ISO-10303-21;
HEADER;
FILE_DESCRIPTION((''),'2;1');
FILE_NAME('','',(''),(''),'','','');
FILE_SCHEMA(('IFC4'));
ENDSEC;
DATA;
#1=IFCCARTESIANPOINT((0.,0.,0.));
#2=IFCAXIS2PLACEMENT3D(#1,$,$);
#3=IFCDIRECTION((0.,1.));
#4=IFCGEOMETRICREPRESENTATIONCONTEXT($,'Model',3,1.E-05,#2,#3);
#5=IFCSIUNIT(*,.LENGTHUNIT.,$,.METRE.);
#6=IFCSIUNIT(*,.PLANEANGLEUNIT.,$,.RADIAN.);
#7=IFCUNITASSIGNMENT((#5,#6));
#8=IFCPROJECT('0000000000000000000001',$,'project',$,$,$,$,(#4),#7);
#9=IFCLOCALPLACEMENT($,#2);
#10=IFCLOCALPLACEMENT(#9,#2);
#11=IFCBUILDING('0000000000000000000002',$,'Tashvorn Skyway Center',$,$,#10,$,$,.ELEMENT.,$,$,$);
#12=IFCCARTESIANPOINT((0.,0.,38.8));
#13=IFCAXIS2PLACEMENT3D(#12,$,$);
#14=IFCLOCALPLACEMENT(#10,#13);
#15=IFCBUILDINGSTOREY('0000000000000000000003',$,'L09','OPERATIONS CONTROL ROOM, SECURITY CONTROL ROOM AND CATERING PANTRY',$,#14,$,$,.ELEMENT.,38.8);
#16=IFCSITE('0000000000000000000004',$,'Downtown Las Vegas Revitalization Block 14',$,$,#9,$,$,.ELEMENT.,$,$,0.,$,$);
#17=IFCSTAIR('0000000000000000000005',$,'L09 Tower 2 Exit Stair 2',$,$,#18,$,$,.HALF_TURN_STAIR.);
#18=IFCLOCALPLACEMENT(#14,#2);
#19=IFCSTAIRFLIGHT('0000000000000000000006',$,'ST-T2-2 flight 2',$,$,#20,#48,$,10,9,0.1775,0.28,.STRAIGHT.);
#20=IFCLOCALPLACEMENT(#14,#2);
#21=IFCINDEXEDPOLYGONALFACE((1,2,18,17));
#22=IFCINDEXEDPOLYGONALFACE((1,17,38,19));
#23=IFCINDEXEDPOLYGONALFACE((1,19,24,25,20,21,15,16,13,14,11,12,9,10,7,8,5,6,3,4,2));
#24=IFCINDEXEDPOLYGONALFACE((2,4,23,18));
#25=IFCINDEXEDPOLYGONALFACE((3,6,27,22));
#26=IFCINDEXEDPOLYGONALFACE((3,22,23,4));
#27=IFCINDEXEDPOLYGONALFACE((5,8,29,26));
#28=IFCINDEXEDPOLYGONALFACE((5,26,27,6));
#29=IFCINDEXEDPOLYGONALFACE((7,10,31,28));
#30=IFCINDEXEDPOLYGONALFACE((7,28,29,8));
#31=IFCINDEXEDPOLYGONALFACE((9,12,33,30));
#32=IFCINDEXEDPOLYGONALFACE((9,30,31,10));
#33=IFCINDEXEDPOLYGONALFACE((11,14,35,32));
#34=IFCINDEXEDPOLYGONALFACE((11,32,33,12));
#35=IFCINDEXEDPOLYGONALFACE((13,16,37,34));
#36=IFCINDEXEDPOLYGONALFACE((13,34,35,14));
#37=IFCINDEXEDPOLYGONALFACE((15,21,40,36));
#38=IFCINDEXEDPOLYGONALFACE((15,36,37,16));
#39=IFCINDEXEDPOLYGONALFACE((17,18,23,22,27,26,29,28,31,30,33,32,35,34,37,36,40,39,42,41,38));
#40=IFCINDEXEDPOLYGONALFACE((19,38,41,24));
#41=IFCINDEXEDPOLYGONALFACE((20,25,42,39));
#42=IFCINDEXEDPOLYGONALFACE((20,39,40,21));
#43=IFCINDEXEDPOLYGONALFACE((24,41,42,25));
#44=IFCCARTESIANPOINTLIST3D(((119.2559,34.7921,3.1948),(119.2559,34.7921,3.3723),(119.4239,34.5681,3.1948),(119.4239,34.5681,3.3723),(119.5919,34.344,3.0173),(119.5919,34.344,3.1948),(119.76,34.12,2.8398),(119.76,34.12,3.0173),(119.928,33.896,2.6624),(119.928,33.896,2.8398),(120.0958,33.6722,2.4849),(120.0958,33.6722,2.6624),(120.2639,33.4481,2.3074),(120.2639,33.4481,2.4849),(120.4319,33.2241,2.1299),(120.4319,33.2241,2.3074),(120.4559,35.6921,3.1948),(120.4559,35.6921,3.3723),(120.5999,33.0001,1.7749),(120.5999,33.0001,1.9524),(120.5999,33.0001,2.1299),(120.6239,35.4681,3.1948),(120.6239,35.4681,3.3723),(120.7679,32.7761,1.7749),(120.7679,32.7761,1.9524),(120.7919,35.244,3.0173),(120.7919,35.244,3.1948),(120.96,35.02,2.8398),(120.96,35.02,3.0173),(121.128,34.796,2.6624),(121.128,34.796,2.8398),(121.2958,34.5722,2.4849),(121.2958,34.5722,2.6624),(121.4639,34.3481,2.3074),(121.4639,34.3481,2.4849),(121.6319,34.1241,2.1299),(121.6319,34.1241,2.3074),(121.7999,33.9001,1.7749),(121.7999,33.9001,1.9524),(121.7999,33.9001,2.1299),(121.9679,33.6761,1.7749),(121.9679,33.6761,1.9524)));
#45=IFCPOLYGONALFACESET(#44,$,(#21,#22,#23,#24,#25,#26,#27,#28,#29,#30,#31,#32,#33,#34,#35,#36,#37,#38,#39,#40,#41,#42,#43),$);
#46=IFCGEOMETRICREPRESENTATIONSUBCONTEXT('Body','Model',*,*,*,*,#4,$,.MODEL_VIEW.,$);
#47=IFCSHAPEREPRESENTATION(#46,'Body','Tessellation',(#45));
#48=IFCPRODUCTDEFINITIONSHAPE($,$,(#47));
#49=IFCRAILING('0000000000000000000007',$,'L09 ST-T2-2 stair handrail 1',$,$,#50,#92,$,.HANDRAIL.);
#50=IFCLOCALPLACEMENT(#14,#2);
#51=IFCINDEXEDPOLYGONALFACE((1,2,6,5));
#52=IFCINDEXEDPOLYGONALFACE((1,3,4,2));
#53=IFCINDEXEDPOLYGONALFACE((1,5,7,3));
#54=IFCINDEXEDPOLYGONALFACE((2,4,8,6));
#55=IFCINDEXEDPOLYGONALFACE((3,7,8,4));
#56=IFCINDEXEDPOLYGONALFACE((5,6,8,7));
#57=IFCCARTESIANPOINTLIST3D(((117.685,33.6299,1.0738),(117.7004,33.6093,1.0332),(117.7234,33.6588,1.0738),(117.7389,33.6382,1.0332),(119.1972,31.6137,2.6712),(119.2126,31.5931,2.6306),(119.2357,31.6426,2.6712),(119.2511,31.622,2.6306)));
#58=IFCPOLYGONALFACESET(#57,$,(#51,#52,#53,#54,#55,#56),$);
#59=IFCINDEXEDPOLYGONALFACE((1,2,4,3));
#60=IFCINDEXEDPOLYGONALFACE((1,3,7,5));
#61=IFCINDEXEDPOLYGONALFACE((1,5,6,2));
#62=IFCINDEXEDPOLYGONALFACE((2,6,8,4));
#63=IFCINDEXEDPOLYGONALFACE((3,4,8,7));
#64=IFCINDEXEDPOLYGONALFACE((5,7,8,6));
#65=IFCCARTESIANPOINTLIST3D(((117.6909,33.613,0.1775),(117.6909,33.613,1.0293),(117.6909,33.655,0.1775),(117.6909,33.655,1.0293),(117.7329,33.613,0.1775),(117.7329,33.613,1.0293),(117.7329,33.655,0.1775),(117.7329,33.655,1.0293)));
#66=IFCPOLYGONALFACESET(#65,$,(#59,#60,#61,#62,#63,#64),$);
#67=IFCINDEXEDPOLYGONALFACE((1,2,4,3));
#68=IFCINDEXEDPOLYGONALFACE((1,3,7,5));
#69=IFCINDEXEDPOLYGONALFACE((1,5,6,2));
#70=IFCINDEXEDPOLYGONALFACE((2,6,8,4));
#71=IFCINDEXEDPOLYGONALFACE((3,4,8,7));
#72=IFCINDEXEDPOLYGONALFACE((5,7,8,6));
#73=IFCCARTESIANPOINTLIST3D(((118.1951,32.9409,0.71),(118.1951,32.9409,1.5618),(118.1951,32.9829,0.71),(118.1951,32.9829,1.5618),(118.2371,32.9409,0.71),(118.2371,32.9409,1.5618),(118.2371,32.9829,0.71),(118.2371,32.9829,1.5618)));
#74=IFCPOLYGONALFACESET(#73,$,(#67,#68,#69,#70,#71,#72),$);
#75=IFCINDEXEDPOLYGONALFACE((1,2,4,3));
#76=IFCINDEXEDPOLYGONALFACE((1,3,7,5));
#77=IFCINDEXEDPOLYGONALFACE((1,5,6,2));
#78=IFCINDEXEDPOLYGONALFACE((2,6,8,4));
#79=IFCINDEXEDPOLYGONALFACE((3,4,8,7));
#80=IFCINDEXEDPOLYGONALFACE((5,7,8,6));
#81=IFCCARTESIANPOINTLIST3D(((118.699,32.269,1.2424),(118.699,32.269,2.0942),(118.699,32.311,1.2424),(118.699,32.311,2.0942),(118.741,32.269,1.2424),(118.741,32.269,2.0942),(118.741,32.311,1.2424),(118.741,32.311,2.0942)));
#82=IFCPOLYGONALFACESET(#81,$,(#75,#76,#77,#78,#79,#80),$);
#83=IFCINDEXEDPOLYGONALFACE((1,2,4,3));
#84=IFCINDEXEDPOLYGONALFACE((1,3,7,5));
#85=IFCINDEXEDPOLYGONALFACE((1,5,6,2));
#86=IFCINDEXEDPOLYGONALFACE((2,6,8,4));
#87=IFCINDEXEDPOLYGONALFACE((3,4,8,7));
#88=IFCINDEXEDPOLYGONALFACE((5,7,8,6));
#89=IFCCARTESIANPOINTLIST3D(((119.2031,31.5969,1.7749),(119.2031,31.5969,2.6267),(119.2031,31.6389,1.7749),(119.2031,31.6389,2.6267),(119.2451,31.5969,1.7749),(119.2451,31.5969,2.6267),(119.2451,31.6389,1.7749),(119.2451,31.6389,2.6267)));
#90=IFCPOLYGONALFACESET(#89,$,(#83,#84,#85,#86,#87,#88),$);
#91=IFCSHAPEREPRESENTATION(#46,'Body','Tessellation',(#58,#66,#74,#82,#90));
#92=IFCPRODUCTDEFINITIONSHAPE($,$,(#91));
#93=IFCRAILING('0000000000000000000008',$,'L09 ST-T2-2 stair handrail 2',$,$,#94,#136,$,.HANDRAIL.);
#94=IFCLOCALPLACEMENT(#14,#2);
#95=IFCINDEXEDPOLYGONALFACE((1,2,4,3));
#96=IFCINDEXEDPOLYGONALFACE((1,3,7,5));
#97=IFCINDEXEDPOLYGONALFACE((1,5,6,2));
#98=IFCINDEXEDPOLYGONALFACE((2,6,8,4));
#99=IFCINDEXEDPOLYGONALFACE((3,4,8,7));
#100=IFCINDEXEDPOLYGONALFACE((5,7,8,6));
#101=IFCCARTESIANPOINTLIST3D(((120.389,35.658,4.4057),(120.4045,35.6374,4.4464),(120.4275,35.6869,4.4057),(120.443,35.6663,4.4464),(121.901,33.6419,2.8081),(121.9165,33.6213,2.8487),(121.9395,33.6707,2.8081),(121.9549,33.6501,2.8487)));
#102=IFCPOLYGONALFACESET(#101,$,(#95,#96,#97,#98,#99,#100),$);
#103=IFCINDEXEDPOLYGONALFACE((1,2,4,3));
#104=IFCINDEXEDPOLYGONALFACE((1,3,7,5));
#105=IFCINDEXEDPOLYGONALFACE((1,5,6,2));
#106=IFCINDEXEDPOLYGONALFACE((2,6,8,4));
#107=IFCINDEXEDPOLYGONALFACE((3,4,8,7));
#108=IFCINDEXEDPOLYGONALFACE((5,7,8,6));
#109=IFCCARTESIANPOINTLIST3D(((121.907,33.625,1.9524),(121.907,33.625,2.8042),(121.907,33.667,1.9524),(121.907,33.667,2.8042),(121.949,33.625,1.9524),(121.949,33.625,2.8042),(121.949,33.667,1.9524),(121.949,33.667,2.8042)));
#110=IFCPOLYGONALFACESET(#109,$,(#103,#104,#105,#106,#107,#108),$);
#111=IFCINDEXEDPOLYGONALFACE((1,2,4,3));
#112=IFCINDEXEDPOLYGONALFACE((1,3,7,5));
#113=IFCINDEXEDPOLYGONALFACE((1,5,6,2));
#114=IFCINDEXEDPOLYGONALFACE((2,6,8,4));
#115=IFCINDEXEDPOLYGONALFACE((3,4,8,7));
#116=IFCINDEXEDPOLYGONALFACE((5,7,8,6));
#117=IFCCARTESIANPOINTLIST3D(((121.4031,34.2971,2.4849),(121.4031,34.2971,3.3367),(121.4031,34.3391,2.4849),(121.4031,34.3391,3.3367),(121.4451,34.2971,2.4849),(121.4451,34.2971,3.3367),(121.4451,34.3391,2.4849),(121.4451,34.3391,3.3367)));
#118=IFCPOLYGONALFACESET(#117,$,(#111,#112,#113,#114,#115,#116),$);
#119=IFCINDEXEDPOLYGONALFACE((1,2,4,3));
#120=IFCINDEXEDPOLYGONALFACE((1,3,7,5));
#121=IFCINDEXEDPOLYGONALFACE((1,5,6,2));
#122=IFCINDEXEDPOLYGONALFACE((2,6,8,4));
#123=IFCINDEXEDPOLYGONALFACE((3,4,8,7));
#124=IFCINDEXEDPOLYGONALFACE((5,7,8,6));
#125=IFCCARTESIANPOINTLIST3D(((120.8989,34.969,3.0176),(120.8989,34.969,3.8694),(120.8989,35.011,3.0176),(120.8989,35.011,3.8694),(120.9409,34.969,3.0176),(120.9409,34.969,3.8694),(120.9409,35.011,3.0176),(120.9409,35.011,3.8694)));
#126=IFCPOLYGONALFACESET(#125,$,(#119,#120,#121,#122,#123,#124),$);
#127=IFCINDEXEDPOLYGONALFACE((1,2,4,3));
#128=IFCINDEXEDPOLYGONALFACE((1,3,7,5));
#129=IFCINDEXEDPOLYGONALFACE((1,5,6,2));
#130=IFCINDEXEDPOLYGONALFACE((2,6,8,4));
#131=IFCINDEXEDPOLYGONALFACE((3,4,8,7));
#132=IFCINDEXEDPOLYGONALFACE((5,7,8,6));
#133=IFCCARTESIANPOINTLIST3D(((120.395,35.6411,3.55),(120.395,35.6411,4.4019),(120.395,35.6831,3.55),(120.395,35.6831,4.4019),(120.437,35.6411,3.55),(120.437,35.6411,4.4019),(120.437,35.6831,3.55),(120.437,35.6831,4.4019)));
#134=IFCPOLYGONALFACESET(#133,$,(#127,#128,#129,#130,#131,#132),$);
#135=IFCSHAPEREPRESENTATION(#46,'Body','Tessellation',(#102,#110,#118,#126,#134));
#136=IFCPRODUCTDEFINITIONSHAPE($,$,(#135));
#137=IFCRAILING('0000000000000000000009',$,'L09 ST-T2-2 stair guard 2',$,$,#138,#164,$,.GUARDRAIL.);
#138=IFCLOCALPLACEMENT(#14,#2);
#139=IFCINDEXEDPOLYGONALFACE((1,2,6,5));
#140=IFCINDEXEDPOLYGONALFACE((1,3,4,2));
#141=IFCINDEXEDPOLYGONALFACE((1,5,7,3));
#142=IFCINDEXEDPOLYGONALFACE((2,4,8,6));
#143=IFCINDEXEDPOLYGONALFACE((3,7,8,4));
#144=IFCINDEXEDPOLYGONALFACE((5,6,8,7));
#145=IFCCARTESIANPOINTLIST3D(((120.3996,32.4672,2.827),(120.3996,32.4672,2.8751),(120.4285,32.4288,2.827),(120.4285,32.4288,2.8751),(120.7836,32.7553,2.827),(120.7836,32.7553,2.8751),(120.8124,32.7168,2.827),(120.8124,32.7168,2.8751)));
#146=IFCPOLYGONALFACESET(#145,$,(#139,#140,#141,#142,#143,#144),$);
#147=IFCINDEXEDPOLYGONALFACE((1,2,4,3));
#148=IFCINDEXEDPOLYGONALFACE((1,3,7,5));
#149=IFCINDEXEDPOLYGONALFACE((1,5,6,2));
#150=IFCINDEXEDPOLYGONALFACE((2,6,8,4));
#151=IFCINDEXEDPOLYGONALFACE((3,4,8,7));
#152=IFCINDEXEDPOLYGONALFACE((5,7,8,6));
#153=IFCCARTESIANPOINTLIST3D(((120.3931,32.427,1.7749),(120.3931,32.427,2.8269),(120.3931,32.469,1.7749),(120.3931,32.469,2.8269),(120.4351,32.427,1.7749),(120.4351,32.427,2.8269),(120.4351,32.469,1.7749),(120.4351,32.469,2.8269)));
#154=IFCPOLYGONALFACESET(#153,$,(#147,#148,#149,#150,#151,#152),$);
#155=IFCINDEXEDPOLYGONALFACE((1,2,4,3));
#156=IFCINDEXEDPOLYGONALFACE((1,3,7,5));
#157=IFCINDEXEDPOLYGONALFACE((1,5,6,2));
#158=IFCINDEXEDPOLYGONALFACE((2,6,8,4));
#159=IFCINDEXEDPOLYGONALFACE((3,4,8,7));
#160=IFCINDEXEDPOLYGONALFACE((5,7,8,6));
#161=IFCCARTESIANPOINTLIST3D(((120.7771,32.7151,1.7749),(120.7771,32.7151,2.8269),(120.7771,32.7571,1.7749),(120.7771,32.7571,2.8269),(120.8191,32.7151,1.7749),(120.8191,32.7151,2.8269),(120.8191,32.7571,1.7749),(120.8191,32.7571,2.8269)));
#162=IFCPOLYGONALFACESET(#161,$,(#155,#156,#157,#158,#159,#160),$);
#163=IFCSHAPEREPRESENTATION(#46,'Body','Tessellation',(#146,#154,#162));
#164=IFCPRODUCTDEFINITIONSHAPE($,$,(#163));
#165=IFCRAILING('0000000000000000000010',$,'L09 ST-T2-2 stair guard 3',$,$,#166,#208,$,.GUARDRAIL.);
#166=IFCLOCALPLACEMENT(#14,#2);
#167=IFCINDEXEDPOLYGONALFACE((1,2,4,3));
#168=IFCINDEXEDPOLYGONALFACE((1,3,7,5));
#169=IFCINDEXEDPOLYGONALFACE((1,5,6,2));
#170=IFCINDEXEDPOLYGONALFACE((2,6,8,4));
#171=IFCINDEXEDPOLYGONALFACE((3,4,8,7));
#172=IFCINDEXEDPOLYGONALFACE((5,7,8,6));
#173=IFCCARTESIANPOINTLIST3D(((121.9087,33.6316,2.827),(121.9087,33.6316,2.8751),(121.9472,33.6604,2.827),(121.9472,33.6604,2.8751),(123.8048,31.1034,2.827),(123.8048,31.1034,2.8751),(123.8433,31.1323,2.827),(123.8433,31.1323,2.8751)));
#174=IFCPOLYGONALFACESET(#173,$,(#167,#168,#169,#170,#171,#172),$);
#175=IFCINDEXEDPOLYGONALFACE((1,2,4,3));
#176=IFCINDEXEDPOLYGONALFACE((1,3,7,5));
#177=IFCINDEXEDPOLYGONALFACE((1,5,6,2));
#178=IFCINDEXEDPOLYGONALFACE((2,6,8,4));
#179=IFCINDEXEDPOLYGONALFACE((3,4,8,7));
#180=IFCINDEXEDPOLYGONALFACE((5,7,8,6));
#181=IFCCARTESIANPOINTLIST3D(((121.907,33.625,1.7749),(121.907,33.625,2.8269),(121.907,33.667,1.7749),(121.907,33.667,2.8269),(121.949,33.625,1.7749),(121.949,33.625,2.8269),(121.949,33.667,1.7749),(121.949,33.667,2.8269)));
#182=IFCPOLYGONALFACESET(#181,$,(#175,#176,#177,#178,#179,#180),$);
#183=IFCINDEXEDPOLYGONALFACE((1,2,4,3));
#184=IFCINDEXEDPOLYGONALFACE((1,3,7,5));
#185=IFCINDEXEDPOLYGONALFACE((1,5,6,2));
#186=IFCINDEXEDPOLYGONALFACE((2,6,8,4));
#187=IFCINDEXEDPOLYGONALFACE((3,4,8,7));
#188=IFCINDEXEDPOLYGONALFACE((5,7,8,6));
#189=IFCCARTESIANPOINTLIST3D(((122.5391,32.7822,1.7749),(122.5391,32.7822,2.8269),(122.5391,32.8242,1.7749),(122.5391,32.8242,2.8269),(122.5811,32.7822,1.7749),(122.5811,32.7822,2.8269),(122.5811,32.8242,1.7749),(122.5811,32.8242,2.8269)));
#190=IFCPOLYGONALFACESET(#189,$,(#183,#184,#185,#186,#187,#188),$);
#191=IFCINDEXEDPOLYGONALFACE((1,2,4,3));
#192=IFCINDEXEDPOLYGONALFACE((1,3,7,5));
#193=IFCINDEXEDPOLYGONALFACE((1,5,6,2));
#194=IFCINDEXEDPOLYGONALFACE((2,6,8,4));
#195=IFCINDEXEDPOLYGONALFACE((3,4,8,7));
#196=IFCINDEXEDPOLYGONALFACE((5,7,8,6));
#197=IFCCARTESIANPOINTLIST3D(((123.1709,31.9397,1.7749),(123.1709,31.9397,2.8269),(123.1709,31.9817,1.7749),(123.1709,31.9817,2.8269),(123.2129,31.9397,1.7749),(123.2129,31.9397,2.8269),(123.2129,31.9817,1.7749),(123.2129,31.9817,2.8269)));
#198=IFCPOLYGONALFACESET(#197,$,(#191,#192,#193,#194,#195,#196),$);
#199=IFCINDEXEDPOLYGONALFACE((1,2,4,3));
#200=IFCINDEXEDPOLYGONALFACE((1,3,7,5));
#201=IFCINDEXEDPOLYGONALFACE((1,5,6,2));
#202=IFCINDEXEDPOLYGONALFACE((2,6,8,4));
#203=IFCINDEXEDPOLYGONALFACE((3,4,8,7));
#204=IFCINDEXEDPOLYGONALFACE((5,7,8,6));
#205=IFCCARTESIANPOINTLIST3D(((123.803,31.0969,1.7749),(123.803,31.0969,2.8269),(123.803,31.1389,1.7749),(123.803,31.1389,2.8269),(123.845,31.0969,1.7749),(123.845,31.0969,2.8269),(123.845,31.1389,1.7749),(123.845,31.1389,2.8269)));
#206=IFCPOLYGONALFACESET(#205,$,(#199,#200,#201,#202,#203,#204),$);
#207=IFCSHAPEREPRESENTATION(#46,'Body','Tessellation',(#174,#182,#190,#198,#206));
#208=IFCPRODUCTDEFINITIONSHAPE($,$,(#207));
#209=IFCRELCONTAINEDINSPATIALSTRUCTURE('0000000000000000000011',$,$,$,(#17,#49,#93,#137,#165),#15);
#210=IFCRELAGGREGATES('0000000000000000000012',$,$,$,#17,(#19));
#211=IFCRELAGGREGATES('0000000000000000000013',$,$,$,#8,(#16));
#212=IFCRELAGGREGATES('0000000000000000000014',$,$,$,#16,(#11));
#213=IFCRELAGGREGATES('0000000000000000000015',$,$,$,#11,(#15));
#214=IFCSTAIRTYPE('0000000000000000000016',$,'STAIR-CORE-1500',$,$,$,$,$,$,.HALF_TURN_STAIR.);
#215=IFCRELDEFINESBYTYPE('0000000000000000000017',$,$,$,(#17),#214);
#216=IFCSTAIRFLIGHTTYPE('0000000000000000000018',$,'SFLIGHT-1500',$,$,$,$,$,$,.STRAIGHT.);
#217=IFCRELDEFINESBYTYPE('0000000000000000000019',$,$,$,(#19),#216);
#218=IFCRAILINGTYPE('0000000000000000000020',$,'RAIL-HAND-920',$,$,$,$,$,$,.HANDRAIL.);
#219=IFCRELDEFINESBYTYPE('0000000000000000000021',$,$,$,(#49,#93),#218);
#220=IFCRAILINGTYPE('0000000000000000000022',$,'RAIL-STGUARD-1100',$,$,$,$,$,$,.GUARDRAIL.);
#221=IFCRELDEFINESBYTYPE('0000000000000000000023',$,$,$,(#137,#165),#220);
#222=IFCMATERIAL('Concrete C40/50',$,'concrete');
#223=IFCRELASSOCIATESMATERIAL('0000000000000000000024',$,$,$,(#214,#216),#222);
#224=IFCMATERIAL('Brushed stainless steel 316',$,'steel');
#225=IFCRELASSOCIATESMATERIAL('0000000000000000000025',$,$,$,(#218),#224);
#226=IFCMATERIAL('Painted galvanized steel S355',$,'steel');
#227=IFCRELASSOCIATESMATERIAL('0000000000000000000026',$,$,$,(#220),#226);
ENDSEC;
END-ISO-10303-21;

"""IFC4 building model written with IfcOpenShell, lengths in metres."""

from ifc_helpers import new_model, si_unit, direction, frame, origin, origin_2d, place, context, subcontext, project, spatial, polyline, rectangle, outline, extrude, material, type_object, element, aggregate, save


model = new_model("IFC4")

# Units and contexts
model_context = context("Model", 3, precision=1e-05, world=origin(), true_north=direction((0.0, 1.0)))
body_context = subcontext(model_context, "Body", "Model", "MODEL_VIEW")
ifc_project = project(units=[si_unit("LENGTHUNIT", "METRE"), si_unit("PLANEANGLEUNIT", "RADIAN")], contexts=[model_context])

# Site, building, storey
site_placement = place(None, origin())
site = spatial("IfcSite", under=ifc_project, at=site_placement, Name="Downtown Las Vegas Revitalization Block 14", CompositionType="ELEMENT", RefElevation=0.0)
building_placement = place(site_placement, origin())
building = spatial("IfcBuilding", under=site, at=building_placement, Name="Tashvorn Skyway Center", CompositionType="ELEMENT")
storey_placement = place(building_placement, frame((0.0, 0.0, 38.8)))
storey = spatial("IfcBuildingStorey", under=building, at=storey_placement, Name="L09", Description="OPERATIONS CONTROL ROOM, SECURITY CONTROL ROOM AND CATERING PANTRY", CompositionType="ELEMENT", Elevation=38.8)

# Shared definitions
ifc_material_1 = material(Name="Concrete C40/50", Category="concrete")

# Stair, stair flight
stair_type = type_object("IfcStairType", Name="STAIR-CORE-1500", PredefinedType="HALF_TURN_STAIR", material=ifc_material_1)
stair_placement = place(storey_placement, origin())
stair = element("IfcStair", 1, at=stair_placement, inside=storey, type_object=stair_type, Name="L09 Tower 2 Exit Stair 2", PredefinedType="HALF_TURN_STAIR")
stair_flight_type = type_object("IfcStairFlightType", Name="SFLIGHT-1500", PredefinedType="STRAIGHT", material=ifc_material_1)
stair_flight_1_placement = place(storey_placement, frame((121.3679, 33.2261, 1.7749), z_axis=(0.0, 0.0, 1.0), x_axis=(-0.6, 0.8, 0.0)))
stair_flight_1 = element("IfcStairFlight", 2, at=stair_flight_1_placement, type_object=stair_flight_type, Name="ST-T2-2 flight 2", NumberOfRisers=10, NumberOfTreads=9, PredefinedType="STRAIGHT", RiserHeight=0.1775, TreadLength=0.28, context=body_context, shape_type="SweptSolid", body=[
    extrude(outline(polyline([(0.0, 0.0), (0.0, 0.1775), (0.28, 0.1775), (0.28, 0.355), (0.5601, 0.355), (0.5601, 0.5325), (0.8401, 0.5325), (0.8401, 0.71), (1.1201, 0.71), (1.1201, 0.8875), (1.3999, 0.8875), (1.3999, 1.0649), (1.6799, 1.0649), (1.6799, 1.2424), (1.96, 1.2424), (1.96, 1.4199), (2.24, 1.4199), (2.24, 1.5974), (2.52, 1.5974), (2.52, 1.7749), (2.52, 1.4199), (0.28, 0.0), (0.0, 0.0)])), frame((0.0, 0.75, 0.0), z_axis=(0.0, -1.0, 0.0), x_axis=(1.0, 0.0, 0.0)), (0.0, 0.0, 1.0), 1.5),
])
aggregate(stair, [stair_flight_1])

# Railings
ifc_material_2 = material(Name="Brushed stainless steel 316", Category="steel")
railing_type_1 = type_object("IfcRailingType", Name="RAIL-HAND-920", PredefinedType="HANDRAIL", material=ifc_material_2)
railing_1_placement = place(storey_placement, frame((117.7119, 33.634, 0.1775)))
element("IfcRailing", 3, at=railing_1_placement, inside=storey, type_object=railing_type_1, Name="L09 ST-T2-2 stair handrail 1", PredefinedType="HANDRAIL", context=body_context, shape_type="SweptSolid", body=[
    extrude(rectangle(XDim=0.0481, YDim=0.0481, at=origin_2d()), frame((0.0, 0.0, 0.876), z_axis=(0.506802, -0.675681, 0.535357), x_axis=(0.799977, 0.600031, 0.0)), (0.0, 0.0, 1.0), 2.9839),
    extrude(rectangle(XDim=0.042, YDim=0.042, at=origin_2d()), origin(), (0.0, 0.0, 1.0), 0.8518),
    extrude(rectangle(XDim=0.042, YDim=0.042, at=origin_2d()), frame((0.5042, -0.6721, 0.5325)), (0.0, 0.0, 1.0), 0.8518),
    extrude(rectangle(XDim=0.042, YDim=0.042, at=origin_2d()), frame((1.0081, -1.344, 1.0649)), (0.0, 0.0, 1.0), 0.8518),
    extrude(rectangle(XDim=0.042, YDim=0.042, at=origin_2d()), frame((1.5122, -2.0161, 1.5974)), (0.0, 0.0, 1.0), 0.8518),
])
railing_2_placement = place(storey_placement, frame((121.928, 33.646, 1.9524)))
element("IfcRailing", 4, at=railing_2_placement, inside=storey, type_object=railing_type_1, Name="L09 ST-T2-2 stair handrail 2", PredefinedType="HANDRAIL", context=body_context, shape_type="SweptSolid", body=[
    extrude(rectangle(XDim=0.0481, YDim=0.0481, at=origin_2d()), frame((0.0, 0.0, 0.876), z_axis=(-0.506719, 0.675679, 0.535438), x_axis=(-0.800023, -0.599969, 0.0)), (0.0, 0.0, 1.0), 2.9839),
    extrude(rectangle(XDim=0.042, YDim=0.042, at=origin_2d()), origin(), (0.0, 0.0, 1.0), 0.8518),
    extrude(rectangle(XDim=0.042, YDim=0.042, at=origin_2d()), frame((-0.5039, 0.6721, 0.5325)), (0.0, 0.0, 1.0), 0.8518),
    extrude(rectangle(XDim=0.042, YDim=0.042, at=origin_2d()), frame((-1.0081, 1.344, 1.0652)), (0.0, 0.0, 1.0), 0.8518),
    extrude(rectangle(XDim=0.042, YDim=0.042, at=origin_2d()), frame((-1.512, 2.0161, 1.5977)), (0.0, 0.0, 1.0), 0.8518),
])
ifc_material_3 = material(Name="Painted galvanized steel S355", Category="steel")
railing_type_2 = type_object("IfcRailingType", Name="RAIL-STGUARD-1100", PredefinedType="GUARDRAIL", material=ifc_material_3)
railing_3_placement = place(storey_placement, frame((120.4141, 32.448, 1.7749)))
element("IfcRailing", 5, at=railing_3_placement, inside=storey, type_object=railing_type_2, Name="L09 ST-T2-2 stair guard 2", PredefinedType="GUARDRAIL", context=body_context, shape_type="SweptSolid", body=[
    extrude(rectangle(XDim=0.0481, YDim=0.0481, at=origin_2d()), frame((0.0, 0.0, 1.0762), z_axis=(0.799939, 0.600081, 0.0), x_axis=(-0.600081, 0.799939, 0.0)), (0.0, 0.0, 1.0), 0.48),
    extrude(rectangle(XDim=0.042, YDim=0.042, at=origin_2d()), origin(), (0.0, 0.0, 1.0), 1.052),
    extrude(rectangle(XDim=0.042, YDim=0.042, at=origin_2d()), frame((0.384, 0.2881, 0.0)), (0.0, 0.0, 1.0), 1.052),
])
railing_4_placement = place(storey_placement, frame((121.928, 33.646, 1.7749)))
element("IfcRailing", 6, at=railing_4_placement, inside=storey, type_object=railing_type_2, Name="L09 ST-T2-2 stair guard 3", PredefinedType="GUARDRAIL", context=body_context, shape_type="SweptSolid", body=[
    extrude(rectangle(XDim=0.0481, YDim=0.0481, at=origin_2d()), frame((0.0, 0.0, 1.0762), z_axis=(0.599988, -0.800009, 0.0), x_axis=(0.800009, 0.599988, 0.0)), (0.0, 0.0, 1.0), 3.1602),
    extrude(rectangle(XDim=0.042, YDim=0.042, at=origin_2d()), origin(), (0.0, 0.0, 1.0), 1.052),
    extrude(rectangle(XDim=0.042, YDim=0.042, at=origin_2d()), frame((0.6321, -0.8428, 0.0)), (0.0, 0.0, 1.0), 1.052),
    extrude(rectangle(XDim=0.042, YDim=0.042, at=origin_2d()), frame((1.2639, -1.6853, 0.0)), (0.0, 0.0, 1.0), 1.052),
    extrude(rectangle(XDim=0.042, YDim=0.042, at=origin_2d()), frame((1.896, -2.5281, 0.0)), (0.0, 0.0, 1.0), 1.052),
])

save(model, "model.ifc")
